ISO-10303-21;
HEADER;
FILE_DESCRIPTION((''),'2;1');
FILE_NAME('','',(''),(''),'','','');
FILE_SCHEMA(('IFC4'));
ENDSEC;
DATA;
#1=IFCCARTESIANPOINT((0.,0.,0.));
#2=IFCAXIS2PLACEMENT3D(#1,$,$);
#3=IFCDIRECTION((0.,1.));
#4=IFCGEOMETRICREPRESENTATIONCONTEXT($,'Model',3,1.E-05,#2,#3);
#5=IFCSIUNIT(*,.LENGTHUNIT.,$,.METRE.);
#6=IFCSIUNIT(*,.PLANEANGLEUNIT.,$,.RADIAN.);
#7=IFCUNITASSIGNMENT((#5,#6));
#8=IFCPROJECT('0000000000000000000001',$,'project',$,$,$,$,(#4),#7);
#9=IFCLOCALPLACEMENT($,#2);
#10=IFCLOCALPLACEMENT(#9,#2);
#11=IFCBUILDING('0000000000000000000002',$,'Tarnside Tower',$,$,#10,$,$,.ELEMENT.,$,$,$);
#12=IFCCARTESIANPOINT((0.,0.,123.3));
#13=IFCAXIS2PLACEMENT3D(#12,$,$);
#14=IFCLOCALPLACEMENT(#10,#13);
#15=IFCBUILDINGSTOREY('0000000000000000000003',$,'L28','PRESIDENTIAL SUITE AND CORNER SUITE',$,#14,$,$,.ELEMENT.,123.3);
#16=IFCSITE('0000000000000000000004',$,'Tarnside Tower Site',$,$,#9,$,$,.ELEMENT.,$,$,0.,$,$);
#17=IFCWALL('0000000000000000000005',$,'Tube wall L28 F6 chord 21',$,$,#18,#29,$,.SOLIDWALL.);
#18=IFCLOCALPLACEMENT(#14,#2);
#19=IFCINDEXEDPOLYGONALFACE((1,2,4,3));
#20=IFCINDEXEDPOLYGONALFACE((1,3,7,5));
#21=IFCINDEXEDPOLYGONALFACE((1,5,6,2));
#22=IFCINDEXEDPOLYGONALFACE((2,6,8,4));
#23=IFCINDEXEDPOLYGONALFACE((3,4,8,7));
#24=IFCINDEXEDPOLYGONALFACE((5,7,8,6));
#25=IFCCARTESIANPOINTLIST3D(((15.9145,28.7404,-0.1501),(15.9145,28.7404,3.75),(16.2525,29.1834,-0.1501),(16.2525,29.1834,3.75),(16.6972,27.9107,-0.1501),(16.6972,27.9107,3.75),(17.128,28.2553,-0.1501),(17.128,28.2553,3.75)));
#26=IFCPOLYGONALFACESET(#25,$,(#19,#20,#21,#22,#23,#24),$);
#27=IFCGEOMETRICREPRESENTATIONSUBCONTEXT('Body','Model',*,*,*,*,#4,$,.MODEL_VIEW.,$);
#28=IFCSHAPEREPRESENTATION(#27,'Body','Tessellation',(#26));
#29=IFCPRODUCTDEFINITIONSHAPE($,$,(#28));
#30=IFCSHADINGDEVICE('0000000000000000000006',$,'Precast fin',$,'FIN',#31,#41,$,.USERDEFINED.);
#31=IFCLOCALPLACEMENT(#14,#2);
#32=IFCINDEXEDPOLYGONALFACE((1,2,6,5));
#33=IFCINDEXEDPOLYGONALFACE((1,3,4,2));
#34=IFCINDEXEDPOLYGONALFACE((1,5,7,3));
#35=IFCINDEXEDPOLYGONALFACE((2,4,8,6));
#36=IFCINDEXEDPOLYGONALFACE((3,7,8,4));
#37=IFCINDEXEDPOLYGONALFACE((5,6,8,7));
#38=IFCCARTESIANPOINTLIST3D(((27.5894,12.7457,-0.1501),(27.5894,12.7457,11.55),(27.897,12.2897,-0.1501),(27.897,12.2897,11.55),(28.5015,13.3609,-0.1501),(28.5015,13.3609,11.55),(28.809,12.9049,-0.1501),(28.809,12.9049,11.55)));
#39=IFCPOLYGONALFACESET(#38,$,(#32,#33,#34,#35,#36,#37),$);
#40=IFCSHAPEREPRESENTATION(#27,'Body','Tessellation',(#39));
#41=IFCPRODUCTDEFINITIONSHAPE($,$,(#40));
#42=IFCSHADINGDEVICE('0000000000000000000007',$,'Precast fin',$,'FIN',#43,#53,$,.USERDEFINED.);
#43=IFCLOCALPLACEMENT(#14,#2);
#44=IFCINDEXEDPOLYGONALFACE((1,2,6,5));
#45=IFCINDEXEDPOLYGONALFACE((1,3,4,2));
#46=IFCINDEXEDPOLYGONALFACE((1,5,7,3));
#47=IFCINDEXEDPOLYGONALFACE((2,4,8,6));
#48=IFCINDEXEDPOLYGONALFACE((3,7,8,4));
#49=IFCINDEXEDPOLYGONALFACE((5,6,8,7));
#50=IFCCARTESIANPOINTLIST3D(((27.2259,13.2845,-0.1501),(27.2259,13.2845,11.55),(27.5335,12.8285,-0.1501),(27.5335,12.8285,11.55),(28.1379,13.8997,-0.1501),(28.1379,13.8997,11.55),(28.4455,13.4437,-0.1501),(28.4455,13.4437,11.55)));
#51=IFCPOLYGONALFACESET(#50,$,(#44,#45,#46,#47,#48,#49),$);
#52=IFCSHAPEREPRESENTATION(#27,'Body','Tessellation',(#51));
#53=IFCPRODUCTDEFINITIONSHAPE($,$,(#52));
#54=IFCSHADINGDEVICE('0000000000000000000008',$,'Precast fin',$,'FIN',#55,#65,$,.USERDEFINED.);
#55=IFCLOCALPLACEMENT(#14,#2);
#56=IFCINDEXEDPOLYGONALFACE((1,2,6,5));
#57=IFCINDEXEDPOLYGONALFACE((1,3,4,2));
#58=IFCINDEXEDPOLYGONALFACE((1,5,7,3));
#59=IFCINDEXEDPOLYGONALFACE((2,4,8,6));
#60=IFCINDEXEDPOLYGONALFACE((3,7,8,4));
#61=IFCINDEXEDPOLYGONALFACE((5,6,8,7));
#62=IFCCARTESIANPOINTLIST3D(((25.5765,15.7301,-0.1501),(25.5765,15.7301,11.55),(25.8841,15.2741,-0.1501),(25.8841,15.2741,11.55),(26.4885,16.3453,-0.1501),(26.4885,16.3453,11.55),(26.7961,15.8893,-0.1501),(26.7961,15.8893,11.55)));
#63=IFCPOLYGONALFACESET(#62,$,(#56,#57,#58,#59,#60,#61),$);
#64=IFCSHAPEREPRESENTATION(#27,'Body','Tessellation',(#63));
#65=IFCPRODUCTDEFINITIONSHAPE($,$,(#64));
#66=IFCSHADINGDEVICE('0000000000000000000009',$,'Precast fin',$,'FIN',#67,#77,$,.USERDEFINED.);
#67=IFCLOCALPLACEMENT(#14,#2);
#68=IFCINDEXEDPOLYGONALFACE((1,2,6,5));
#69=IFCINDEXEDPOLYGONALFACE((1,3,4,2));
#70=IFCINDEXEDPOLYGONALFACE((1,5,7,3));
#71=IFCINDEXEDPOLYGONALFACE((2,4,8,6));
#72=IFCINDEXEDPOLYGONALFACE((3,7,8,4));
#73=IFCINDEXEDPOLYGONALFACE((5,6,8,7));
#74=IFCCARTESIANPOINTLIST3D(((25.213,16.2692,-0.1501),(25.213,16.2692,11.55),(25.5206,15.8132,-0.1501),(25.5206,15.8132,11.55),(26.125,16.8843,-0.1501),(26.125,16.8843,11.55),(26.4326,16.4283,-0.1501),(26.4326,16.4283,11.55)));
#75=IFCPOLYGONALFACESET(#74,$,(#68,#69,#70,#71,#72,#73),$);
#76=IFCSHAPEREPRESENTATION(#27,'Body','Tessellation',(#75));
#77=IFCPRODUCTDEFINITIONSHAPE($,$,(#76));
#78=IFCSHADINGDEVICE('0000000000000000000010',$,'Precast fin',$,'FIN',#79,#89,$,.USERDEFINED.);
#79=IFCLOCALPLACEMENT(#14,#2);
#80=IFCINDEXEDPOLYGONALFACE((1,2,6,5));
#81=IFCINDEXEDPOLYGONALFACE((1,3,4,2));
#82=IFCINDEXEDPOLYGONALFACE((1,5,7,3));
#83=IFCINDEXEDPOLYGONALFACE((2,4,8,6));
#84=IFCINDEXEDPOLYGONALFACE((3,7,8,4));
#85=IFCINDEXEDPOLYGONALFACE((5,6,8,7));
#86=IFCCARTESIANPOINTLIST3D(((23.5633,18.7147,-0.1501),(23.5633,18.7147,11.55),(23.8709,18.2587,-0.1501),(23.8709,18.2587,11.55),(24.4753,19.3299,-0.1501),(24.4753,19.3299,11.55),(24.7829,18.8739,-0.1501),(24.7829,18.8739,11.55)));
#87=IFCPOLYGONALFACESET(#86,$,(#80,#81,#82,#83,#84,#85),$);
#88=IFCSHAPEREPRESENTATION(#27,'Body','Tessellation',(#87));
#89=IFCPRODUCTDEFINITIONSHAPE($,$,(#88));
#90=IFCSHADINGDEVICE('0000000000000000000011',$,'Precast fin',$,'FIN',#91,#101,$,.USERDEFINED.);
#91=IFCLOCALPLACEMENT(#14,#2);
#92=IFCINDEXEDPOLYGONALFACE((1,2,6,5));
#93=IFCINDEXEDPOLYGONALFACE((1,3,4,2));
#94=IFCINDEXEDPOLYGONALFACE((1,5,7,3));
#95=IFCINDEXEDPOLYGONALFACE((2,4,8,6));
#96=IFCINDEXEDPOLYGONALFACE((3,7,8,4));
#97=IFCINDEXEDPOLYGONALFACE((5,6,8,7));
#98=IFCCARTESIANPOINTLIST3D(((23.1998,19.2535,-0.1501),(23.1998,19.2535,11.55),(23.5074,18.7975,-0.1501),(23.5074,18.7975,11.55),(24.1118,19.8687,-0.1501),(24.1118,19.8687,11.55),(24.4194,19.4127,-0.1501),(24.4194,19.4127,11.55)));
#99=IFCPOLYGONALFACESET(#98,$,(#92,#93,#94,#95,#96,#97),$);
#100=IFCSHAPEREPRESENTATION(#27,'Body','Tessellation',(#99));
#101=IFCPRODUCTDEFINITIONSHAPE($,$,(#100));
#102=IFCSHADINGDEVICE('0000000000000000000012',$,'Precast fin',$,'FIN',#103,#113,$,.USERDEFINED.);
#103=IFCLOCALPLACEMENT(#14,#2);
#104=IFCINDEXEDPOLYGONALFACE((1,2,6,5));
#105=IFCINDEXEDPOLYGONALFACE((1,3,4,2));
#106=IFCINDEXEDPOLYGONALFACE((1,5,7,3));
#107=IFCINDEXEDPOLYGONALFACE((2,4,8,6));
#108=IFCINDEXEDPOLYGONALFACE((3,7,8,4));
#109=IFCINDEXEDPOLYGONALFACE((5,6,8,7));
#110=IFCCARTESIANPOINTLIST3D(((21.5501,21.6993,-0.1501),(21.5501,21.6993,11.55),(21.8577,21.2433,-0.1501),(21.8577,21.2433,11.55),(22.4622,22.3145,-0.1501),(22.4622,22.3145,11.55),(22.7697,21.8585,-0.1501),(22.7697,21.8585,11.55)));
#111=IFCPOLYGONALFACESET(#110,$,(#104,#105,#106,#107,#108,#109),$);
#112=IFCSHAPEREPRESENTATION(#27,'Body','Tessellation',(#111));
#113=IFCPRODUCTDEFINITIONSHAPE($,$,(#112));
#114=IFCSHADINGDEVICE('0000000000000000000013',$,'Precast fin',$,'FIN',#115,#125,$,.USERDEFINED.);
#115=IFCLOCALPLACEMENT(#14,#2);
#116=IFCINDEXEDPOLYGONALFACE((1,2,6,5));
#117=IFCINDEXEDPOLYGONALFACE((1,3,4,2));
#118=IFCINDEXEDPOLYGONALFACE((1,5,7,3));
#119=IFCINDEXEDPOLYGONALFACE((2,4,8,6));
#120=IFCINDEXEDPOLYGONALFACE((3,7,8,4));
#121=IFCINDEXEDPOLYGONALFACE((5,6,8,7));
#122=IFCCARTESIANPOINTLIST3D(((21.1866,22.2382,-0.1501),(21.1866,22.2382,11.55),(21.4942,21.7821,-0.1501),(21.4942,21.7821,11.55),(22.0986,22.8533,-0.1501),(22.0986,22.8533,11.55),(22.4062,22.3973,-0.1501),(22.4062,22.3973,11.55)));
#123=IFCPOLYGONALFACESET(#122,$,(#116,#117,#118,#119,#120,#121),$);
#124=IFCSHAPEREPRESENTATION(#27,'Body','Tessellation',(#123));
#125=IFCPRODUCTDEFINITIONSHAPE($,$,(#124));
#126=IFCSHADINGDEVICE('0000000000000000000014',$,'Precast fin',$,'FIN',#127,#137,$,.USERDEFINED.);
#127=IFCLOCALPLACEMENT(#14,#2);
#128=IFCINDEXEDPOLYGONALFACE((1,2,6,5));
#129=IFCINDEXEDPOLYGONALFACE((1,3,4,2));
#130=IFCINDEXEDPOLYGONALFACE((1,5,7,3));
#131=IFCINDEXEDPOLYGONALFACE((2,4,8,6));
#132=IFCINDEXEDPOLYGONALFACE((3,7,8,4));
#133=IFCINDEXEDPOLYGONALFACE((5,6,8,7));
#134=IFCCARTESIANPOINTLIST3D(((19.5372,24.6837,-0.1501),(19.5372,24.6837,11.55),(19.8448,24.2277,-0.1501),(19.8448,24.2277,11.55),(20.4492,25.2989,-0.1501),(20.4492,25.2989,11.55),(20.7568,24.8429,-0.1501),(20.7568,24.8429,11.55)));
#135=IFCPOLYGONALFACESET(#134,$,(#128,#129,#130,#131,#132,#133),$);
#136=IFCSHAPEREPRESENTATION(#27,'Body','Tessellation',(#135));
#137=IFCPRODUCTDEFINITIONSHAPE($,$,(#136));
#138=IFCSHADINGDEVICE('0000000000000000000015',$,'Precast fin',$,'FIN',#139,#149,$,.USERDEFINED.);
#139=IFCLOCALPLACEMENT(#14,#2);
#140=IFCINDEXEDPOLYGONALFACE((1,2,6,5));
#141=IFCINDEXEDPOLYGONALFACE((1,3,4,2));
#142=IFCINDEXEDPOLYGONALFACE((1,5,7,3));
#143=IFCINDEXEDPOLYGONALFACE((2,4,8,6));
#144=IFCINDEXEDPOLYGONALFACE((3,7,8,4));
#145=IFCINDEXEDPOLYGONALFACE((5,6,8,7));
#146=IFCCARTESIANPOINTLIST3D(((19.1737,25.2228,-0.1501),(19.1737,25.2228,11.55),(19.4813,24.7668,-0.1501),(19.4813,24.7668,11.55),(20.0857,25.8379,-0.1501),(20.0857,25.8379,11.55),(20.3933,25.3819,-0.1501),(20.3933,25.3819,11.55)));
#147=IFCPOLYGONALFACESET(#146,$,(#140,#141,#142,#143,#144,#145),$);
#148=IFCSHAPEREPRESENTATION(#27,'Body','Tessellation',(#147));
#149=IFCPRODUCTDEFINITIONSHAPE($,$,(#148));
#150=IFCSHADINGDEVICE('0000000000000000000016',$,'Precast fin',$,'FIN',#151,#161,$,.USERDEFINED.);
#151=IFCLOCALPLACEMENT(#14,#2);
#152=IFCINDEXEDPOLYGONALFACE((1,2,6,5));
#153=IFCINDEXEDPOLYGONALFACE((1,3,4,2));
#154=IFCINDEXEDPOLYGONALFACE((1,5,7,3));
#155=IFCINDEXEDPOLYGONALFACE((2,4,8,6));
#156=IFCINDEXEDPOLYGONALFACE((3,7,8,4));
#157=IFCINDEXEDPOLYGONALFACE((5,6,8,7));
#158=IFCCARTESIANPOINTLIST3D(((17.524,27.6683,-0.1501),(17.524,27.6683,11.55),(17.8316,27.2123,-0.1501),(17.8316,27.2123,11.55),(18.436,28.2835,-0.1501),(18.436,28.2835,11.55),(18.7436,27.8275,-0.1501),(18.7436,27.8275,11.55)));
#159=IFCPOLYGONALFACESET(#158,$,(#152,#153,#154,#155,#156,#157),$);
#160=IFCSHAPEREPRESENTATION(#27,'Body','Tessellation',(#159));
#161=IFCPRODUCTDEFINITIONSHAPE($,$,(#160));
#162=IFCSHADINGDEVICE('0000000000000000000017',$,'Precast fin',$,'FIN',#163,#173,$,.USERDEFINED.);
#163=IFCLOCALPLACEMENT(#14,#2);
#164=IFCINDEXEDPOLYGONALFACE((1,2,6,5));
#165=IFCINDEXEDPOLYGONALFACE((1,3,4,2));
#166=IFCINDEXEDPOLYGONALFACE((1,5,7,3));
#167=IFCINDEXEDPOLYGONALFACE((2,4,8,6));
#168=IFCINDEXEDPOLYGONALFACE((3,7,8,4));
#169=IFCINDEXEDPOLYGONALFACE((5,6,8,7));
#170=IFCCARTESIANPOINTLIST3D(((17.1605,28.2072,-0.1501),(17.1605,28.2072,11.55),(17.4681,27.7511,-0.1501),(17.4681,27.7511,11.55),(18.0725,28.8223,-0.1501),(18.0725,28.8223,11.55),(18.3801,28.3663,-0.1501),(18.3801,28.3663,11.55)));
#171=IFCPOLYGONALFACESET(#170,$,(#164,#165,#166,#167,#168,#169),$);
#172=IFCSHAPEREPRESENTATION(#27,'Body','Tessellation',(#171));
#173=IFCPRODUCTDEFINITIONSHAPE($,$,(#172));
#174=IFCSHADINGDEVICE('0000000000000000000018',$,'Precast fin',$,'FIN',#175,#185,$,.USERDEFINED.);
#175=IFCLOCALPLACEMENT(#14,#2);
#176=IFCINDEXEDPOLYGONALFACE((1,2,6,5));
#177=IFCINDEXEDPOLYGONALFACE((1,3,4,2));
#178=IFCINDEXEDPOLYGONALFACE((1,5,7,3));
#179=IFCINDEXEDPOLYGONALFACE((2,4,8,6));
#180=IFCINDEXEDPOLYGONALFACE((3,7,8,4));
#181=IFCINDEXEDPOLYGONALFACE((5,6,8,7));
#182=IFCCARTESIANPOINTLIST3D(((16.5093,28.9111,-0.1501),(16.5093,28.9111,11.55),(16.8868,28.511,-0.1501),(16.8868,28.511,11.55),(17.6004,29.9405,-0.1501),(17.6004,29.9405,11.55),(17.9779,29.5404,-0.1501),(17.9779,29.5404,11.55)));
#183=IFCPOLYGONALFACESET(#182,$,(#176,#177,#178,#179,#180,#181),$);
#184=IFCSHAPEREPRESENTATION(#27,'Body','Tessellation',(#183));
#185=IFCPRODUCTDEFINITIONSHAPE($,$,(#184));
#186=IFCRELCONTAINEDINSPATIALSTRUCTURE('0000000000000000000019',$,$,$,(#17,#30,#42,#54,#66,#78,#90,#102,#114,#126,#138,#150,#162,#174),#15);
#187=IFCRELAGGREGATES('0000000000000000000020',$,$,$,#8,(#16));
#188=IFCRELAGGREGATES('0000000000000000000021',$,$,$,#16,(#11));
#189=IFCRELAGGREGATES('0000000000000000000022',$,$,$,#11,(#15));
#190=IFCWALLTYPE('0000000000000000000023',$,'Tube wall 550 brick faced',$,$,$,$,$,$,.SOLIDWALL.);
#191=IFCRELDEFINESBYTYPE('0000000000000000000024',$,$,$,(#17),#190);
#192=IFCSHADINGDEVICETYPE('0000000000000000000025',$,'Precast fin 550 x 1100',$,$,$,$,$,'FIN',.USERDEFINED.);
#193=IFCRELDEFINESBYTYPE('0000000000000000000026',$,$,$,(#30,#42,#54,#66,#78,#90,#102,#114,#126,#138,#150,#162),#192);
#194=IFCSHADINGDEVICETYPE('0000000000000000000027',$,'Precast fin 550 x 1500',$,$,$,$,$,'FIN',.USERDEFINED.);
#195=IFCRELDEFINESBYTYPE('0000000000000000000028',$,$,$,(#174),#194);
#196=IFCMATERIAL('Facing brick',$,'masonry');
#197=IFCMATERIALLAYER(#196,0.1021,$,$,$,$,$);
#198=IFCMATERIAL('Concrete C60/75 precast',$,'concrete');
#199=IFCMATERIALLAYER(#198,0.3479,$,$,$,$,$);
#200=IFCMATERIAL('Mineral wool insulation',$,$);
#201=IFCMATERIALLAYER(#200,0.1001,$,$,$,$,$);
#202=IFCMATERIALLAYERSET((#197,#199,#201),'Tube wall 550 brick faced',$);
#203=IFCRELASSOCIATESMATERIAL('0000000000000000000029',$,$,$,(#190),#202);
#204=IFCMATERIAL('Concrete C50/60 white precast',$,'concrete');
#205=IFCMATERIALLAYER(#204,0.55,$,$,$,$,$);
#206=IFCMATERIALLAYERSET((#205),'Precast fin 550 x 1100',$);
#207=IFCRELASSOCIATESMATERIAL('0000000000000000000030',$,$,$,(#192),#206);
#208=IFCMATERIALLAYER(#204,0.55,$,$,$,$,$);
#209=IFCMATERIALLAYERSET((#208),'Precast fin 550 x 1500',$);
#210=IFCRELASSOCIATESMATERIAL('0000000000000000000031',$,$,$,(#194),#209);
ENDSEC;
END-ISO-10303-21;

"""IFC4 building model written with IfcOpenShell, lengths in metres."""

from ifc_helpers import new_model, si_unit, direction, frame, origin, place, context, subcontext, project, spatial, polyline, outline, extrude, material, layer, layer_set, type_object, element, save


model = new_model("IFC4")

# Units and contexts
model_context = context("Model", 3, precision=1e-05, world=origin(), true_north=direction((0.0, 1.0)))
body_context = subcontext(model_context, "Body", "Model", "MODEL_VIEW")
ifc_project = project(units=[si_unit("LENGTHUNIT", "METRE"), si_unit("PLANEANGLEUNIT", "RADIAN")], contexts=[model_context])

# Site, building, storey
site_placement = place(None, origin())
site = spatial("IfcSite", under=ifc_project, at=site_placement, Name="Tarnside Tower Site", CompositionType="ELEMENT", RefElevation=0.0)
building_placement = place(site_placement, origin())
building = spatial("IfcBuilding", under=site, at=building_placement, Name="Tarnside Tower", CompositionType="ELEMENT")
storey_placement = place(building_placement, frame((0.0, 0.0, 123.3)))
storey = spatial("IfcBuildingStorey", under=building, at=storey_placement, Name="L28", Description="PRESIDENTIAL SUITE AND CORNER SUITE", CompositionType="ELEMENT", Elevation=123.3)

# Wall
ifc_material_1 = material(Name="Facing brick", Category="masonry")
ifc_layer_1 = layer(ifc_material_1, 0.1021)
ifc_material_2 = material(Name="Concrete C60/75 precast", Category="concrete")
ifc_layer_2 = layer(ifc_material_2, 0.3479)
ifc_material_3 = material(Name="Mineral wool insulation")
ifc_layer_3 = layer(ifc_material_3, 0.1001)
ifc_layer_set_1 = layer_set([ifc_layer_1, ifc_layer_2, ifc_layer_3], Name="Tube wall 550 brick faced")
wall_type_1 = type_object("IfcWallType", Name="Tube wall 550 brick faced", PredefinedType="SOLIDWALL", material=ifc_layer_set_1)
wall_1_placement = place(storey_placement, frame((16.9126, 28.083, -0.1501), z_axis=(0.0, 0.0, 1.0), x_axis=(-0.686196, 0.727416, 0.0)))
element("IfcWall", 1, at=wall_1_placement, inside=storey, type_object=wall_type_1, Name="Tube wall L28 F6 chord 21", PredefinedType="SOLIDWALL", context=body_context, shape_type="SweptSolid", body=[
    extrude(outline(polyline([(-0.0225, -0.2749), (1.2534, -0.2749), (1.1631, 0.2749), (0.0225, 0.2749), (-0.0225, -0.2749)])), origin(), (0.0, 0.0, 1.0), 3.9001),
])

# Shading devices
ifc_material_4 = material(Name="Concrete C50/60 white precast", Category="concrete")
ifc_layer_4 = layer(ifc_material_4, 0.55)
ifc_layer_set_2 = layer_set([ifc_layer_4], Name="Precast fin 550 x 1100")
shading_device_type_1 = type_object("IfcShadingDeviceType", Name="Precast fin 550 x 1100", ElementType="FIN", PredefinedType="USERDEFINED", material=ifc_layer_set_2)
for number, where, z_axis, x_axis, name in (
    (2, (27.7432, 12.5178, -0.1501), (0.559193, -0.829038, 0.0), (0.829038, 0.559193, 0.0), "Precast fin"),
    (3, (27.3796, 13.0566, -0.1501), (0.559193, -0.829038, 0.0), (0.829038, 0.559193, 0.0), "Precast fin"),
    (4, (25.7302, 15.5022, -0.1501), (0.559193, -0.829038, 0.0), (0.829038, 0.559193, 0.0), "Precast fin"),
    (5, (25.3667, 16.0413, -0.1501), (0.559193, -0.829038, 0.0), (0.829038, 0.559193, 0.0), "Precast fin"),
    (6, (23.717, 18.4868, -0.1501), (0.559193, -0.829038, 0.0), (0.829038, 0.559193, 0.0), "Precast fin"),
    (7, (23.3535, 19.0256, -0.1501), (0.559193, -0.829038, 0.0), (0.829038, 0.559193, 0.0), "Precast fin"),
    (8, (21.7039, 21.4714, -0.1501), (0.559193, -0.829038, 0.0), (0.829038, 0.559193, 0.0), "Precast fin"),
    (9, (21.3403, 22.0103, -0.1501), (0.559193, -0.829038, 0.0), (0.829038, 0.559193, 0.0), "Precast fin"),
    (10, (19.6909, 24.4558, -0.1501), (0.559193, -0.829038, 0.0), (0.829038, 0.559193, 0.0), "Precast fin"),
    (11, (19.3274, 24.9949, -0.1501), (0.559193, -0.829038, 0.0), (0.829038, 0.559193, 0.0), "Precast fin"),
    (12, (17.6777, 27.4404, -0.1501), (0.559193, -0.829038, 0.0), (0.829038, 0.559193, 0.0), "Precast fin"),
    (13, (17.3142, 27.9792, -0.1501), (0.559193, -0.829038, 0.0), (0.829038, 0.559193, 0.0), "Precast fin"),
):
    element("IfcShadingDevice", number, at=place(storey_placement, frame(where, z_axis=z_axis, x_axis=x_axis)), inside=storey, type_object=shading_device_type_1, Name=name, ObjectType="FIN", PredefinedType="USERDEFINED", context=body_context, shape_type="SweptSolid", body=[
        extrude(outline(polyline([(0.0, 0.0), (1.1001, 0.0), (1.1001, 11.7002), (0.0, 11.7002), (0.0, 0.0)])), frame((0.0, 0.0, -0.2749)), (0.0, 0.0, 1.0), 0.55),
    ])
ifc_layer_5 = layer(ifc_material_4, 0.55)
ifc_layer_set_3 = layer_set([ifc_layer_5], Name="Precast fin 550 x 1500")
shading_device_type_2 = type_object("IfcShadingDeviceType", Name="Precast fin 550 x 1500", ElementType="FIN", PredefinedType="USERDEFINED", material=ifc_layer_set_3)
shading_device_placement = place(storey_placement, frame((16.698, 28.7112, -0.1501), z_axis=(0.686242, -0.727374, 0.0), x_axis=(0.727374, 0.686242, 0.0)))
element("IfcShadingDevice", 14, at=shading_device_placement, inside=storey, type_object=shading_device_type_2, Name="Precast fin", ObjectType="FIN", PredefinedType="USERDEFINED", context=body_context, shape_type="SweptSolid", body=[
    extrude(outline(polyline([(0.0, 0.0), (1.5, 0.0), (1.5, 11.7002), (0.0, 11.7002), (0.0, 0.0)])), frame((0.0, 0.0, -0.2749)), (0.0, 0.0, 1.0), 0.55),
])

save(model, "model.ifc")
